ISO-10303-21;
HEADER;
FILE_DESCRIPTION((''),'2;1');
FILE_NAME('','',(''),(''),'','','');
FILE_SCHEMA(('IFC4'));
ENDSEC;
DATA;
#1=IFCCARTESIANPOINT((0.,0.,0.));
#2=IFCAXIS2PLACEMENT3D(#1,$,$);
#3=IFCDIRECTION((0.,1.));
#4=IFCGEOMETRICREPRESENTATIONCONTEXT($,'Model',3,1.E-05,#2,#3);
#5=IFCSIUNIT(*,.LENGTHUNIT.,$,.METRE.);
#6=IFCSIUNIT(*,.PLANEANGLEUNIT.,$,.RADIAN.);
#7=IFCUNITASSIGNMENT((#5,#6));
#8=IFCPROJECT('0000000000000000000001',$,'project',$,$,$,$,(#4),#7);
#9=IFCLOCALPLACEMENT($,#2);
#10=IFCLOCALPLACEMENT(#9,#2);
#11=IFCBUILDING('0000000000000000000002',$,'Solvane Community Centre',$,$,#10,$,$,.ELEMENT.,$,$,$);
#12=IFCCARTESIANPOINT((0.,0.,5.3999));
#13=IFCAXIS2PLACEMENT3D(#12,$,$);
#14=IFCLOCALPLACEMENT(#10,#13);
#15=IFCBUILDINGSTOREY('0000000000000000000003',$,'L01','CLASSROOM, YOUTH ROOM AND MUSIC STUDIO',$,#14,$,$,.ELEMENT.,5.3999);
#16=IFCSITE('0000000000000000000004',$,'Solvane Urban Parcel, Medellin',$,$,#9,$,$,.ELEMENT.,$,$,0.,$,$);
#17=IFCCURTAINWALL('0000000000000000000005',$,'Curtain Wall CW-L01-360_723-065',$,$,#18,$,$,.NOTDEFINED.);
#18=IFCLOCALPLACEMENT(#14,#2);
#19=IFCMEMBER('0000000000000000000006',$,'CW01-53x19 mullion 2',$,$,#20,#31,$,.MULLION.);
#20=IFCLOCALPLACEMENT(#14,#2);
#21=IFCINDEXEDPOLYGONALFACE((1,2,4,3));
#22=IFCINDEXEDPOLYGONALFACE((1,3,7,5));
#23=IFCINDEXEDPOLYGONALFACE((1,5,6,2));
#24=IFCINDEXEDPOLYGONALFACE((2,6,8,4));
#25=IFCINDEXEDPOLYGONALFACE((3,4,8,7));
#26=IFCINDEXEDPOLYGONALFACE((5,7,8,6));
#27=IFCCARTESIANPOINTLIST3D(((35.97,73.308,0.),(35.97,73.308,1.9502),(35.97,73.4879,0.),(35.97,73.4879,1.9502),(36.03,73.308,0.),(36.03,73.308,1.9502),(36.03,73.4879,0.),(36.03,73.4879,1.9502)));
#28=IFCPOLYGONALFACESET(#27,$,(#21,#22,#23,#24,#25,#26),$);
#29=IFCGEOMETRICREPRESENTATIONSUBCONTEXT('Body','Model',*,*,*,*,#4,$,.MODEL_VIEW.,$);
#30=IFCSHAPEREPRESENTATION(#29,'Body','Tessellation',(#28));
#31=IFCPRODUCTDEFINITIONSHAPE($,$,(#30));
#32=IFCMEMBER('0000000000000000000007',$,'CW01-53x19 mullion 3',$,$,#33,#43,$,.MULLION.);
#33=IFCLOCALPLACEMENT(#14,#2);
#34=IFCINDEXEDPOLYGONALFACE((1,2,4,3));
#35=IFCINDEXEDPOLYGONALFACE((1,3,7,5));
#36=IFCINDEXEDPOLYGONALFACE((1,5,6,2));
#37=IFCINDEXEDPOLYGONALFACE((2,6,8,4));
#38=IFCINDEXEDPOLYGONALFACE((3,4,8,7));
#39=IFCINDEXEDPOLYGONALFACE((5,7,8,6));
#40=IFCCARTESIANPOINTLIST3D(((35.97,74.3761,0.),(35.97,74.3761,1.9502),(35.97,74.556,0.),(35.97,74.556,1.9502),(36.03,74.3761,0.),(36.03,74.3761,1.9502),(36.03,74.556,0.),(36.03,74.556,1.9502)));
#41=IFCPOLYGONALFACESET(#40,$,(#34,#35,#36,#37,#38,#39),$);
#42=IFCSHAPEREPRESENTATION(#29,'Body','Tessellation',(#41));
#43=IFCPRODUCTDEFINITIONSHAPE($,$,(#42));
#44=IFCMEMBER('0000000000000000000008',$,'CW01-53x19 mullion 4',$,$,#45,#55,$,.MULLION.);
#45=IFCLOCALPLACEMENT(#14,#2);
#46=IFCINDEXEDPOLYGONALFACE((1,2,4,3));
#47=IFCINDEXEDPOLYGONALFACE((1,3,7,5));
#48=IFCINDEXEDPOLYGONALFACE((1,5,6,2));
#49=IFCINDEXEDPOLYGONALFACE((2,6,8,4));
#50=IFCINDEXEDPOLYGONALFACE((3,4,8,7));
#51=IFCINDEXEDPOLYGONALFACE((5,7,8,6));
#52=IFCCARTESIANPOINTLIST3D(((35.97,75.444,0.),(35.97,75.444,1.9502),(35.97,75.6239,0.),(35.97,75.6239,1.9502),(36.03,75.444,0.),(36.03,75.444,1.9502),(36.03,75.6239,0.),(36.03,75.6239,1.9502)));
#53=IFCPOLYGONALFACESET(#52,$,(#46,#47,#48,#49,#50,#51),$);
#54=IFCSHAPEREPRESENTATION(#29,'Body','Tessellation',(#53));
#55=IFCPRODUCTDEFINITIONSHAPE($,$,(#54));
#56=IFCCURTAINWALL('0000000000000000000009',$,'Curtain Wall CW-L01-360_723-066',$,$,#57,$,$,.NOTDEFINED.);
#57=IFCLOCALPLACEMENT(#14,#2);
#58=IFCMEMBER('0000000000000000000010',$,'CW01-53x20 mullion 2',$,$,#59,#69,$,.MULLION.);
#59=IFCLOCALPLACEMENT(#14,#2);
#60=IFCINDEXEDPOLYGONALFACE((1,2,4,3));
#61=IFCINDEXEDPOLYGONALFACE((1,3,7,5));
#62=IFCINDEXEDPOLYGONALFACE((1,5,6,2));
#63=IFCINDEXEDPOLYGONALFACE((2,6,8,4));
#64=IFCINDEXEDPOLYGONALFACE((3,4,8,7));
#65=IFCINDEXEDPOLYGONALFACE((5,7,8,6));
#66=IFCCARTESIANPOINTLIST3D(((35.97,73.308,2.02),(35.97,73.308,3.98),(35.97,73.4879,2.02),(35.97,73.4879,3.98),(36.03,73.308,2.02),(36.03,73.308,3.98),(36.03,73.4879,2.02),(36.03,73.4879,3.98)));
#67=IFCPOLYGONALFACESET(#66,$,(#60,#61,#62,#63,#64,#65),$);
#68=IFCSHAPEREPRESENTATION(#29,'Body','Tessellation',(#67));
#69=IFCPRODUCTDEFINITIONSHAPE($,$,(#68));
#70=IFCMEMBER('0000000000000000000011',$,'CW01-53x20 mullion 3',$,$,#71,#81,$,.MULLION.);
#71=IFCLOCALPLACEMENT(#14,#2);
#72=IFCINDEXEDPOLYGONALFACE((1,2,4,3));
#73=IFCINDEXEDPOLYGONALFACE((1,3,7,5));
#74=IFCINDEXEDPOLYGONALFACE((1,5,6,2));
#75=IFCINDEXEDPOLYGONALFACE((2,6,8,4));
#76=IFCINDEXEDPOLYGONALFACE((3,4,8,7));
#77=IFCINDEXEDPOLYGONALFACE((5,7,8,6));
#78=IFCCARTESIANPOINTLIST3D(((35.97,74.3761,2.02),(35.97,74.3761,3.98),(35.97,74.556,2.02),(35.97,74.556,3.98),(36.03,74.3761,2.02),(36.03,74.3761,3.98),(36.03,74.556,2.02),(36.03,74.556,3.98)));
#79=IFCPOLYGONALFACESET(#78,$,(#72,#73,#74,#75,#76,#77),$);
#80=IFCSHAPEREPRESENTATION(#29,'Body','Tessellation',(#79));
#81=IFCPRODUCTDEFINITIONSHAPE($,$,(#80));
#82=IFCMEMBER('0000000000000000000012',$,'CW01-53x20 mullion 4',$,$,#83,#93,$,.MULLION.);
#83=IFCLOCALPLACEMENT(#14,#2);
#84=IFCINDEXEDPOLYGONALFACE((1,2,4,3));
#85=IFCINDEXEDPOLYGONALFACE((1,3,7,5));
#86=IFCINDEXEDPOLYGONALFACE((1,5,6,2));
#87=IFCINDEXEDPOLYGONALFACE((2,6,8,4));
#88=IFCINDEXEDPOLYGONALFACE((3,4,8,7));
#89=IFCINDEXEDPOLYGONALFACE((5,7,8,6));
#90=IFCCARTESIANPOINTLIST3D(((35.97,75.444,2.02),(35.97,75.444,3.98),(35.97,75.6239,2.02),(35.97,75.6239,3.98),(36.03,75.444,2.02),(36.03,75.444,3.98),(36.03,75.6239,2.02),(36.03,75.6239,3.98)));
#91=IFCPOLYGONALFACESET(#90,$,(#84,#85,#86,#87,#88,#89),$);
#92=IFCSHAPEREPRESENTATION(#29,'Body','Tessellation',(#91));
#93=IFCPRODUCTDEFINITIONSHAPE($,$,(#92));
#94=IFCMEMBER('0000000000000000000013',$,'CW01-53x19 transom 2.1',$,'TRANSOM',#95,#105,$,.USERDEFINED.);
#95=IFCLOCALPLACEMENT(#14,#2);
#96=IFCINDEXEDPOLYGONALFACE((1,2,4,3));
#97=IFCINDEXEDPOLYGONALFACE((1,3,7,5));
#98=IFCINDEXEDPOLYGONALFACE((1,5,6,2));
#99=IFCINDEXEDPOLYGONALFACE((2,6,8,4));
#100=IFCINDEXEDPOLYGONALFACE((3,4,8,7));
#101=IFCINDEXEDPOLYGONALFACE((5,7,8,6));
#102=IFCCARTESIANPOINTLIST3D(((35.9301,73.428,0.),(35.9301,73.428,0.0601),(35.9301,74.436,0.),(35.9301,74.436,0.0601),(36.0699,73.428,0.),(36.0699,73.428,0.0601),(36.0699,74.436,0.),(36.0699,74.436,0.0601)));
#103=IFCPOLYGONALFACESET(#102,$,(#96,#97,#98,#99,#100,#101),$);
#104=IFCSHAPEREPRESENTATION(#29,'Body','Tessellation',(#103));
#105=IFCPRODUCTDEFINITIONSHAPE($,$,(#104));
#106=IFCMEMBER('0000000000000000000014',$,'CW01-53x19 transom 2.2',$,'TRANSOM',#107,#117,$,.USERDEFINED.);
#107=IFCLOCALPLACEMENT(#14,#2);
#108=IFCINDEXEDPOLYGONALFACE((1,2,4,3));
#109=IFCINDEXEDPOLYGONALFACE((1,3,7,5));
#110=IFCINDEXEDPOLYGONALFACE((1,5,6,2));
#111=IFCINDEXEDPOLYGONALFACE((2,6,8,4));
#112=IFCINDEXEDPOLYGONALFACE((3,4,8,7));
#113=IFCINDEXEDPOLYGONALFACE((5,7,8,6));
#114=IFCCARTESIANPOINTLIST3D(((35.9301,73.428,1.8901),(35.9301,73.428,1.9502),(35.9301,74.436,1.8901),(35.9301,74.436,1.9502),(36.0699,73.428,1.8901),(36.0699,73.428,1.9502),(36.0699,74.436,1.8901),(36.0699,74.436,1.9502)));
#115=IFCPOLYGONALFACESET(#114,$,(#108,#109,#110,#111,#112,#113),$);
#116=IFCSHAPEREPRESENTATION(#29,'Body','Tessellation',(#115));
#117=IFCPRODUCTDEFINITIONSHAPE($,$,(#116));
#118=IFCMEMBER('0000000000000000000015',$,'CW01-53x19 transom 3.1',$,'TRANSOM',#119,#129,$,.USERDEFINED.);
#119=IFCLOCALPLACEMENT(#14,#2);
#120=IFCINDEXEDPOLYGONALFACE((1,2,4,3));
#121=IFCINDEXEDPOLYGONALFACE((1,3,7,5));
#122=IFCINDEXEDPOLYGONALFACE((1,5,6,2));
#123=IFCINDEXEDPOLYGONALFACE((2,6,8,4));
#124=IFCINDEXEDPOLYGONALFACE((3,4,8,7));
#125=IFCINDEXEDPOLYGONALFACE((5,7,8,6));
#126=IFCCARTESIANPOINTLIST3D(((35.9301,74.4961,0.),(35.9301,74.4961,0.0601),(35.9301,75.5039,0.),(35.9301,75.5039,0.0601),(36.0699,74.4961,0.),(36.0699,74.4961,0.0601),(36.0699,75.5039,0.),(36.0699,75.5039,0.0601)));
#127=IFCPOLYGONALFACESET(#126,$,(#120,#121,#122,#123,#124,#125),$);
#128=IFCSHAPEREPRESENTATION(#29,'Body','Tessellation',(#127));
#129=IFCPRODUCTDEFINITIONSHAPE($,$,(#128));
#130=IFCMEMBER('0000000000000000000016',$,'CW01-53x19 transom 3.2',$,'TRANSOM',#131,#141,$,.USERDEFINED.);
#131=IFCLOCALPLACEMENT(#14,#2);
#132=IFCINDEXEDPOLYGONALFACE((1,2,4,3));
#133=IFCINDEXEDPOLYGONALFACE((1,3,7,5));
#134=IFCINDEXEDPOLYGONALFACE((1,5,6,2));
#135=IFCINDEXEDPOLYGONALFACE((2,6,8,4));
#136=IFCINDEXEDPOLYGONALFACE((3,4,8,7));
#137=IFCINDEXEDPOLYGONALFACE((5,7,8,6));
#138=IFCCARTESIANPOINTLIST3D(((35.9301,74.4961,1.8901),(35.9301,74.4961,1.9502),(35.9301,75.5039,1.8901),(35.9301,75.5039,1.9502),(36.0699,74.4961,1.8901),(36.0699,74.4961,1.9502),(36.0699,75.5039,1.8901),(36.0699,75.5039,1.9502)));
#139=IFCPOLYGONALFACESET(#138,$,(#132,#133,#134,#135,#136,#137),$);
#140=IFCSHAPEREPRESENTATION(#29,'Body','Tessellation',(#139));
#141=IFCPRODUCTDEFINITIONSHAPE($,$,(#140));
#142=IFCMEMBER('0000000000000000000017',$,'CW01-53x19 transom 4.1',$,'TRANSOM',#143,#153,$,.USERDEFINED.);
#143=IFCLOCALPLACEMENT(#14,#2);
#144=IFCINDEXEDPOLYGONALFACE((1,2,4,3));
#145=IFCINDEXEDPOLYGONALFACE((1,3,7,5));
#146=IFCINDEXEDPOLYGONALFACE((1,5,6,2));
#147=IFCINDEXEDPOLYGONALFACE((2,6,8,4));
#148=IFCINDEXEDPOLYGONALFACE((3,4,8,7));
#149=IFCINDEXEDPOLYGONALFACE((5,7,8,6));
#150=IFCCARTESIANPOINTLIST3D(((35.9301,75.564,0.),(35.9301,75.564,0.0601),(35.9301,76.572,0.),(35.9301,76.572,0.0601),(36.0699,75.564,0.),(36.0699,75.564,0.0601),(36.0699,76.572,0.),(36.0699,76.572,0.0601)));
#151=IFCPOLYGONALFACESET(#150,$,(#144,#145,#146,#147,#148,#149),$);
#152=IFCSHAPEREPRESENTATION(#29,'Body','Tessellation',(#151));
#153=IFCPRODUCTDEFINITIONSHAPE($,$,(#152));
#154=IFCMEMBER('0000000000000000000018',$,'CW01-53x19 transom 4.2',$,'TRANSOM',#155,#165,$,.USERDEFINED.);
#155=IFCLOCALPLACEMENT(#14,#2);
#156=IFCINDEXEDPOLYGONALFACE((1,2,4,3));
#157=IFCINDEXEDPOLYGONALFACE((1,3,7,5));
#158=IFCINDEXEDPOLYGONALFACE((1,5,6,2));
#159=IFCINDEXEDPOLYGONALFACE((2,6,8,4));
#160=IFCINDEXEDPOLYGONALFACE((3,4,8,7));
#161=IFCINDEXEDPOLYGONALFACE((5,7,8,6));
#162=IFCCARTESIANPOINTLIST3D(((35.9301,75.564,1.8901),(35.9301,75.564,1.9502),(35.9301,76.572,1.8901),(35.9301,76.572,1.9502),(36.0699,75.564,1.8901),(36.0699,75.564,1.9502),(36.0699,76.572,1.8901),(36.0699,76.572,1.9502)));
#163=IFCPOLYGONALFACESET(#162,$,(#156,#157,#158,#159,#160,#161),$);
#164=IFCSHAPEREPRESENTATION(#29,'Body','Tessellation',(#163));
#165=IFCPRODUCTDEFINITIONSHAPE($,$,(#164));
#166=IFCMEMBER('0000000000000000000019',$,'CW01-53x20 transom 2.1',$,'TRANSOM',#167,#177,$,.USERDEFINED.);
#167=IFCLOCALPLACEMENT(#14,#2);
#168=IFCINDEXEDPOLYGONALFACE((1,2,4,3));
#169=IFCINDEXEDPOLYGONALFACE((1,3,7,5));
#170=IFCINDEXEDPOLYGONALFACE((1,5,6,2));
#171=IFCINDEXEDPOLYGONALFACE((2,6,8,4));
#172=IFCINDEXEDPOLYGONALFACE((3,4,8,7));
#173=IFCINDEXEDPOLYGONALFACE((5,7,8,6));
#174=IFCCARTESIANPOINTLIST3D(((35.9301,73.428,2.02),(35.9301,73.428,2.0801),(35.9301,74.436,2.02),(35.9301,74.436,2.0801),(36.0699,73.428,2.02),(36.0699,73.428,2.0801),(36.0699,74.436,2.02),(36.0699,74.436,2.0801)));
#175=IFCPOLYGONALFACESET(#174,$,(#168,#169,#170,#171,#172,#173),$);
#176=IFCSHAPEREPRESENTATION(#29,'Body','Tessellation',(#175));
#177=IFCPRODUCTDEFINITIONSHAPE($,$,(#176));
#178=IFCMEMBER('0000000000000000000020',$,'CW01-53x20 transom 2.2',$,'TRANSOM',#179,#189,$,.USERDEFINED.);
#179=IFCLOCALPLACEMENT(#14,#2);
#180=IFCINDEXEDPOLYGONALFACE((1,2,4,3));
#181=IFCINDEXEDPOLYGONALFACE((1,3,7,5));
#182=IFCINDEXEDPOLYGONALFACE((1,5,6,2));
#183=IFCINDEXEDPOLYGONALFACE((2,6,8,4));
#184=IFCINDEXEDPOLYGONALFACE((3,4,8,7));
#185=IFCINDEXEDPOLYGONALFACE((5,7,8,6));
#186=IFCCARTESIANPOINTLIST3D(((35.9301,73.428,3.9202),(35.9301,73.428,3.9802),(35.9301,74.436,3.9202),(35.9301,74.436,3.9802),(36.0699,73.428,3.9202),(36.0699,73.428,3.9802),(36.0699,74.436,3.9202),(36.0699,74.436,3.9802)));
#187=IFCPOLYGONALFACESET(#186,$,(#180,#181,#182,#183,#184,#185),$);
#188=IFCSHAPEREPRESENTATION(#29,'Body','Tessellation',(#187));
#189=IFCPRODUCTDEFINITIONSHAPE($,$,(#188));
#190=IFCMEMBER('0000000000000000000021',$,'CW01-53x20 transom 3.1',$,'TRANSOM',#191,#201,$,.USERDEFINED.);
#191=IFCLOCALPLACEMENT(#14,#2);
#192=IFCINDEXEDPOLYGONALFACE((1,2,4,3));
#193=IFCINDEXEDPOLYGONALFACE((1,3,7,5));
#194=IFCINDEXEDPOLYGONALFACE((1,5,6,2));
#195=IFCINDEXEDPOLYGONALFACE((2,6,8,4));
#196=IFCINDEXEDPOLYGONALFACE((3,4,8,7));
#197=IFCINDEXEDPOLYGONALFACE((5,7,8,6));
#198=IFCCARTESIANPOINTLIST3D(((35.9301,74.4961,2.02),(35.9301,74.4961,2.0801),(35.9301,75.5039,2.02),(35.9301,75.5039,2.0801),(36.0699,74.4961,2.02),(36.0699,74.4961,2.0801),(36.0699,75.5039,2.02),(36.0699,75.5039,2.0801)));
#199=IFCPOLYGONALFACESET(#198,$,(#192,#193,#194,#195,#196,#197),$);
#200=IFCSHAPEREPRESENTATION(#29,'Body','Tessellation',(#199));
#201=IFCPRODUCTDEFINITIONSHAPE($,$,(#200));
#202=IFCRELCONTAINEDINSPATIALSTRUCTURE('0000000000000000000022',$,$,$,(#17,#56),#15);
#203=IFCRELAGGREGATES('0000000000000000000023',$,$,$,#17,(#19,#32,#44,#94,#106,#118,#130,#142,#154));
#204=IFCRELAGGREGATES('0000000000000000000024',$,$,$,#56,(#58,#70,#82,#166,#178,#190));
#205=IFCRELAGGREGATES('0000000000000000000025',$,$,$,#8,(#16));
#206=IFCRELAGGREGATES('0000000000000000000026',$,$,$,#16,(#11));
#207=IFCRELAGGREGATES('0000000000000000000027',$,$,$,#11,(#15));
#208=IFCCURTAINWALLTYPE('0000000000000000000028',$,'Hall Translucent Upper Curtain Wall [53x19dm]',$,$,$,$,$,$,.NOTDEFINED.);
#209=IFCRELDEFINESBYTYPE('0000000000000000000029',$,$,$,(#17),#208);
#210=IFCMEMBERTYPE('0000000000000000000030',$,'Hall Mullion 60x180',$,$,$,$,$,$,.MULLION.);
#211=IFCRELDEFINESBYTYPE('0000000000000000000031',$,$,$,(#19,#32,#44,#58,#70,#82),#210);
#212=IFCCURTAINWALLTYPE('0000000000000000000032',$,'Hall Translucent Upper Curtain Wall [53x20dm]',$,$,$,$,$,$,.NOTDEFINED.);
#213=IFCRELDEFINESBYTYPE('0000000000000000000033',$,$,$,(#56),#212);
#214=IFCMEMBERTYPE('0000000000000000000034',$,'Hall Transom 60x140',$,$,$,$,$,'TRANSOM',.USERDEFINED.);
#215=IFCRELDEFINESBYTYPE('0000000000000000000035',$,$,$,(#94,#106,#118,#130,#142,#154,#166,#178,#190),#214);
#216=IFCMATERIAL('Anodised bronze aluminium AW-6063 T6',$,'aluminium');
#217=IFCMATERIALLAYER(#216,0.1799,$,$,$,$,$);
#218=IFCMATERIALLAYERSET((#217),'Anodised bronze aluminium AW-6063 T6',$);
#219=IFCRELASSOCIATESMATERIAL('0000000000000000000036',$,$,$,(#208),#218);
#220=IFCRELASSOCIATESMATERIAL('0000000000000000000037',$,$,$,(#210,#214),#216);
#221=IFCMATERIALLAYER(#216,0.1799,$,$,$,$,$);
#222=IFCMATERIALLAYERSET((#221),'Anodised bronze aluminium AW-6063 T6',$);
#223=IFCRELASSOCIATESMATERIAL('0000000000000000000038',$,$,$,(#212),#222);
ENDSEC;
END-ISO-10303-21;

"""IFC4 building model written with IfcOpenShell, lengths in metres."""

from ifc_helpers import new_model, si_unit, direction, frame, origin, origin_2d, place, context, subcontext, project, spatial, rectangle, extrude, material, layer, layer_set, material_profile, profile_set, type_object, element, aggregate, save


model = new_model("IFC4")

# Units and contexts
model_context = context("Model", 3, precision=1e-05, world=origin(), true_north=direction((0.0, 1.0)))
body_context = subcontext(model_context, "Body", "Model", "MODEL_VIEW")
ifc_project = project(units=[si_unit("LENGTHUNIT", "METRE"), si_unit("PLANEANGLEUNIT", "RADIAN")], contexts=[model_context])

# Site, building, storey
site_placement = place(None, origin())
site = spatial("IfcSite", under=ifc_project, at=site_placement, Name="Solvane Urban Parcel, Medellin", CompositionType="ELEMENT", RefElevation=0.0)
building_placement = place(site_placement, origin())
building = spatial("IfcBuilding", under=site, at=building_placement, Name="Solvane Community Centre", CompositionType="ELEMENT")
storey_placement = place(building_placement, frame((0.0, 0.0, 5.3999)))
storey = spatial("IfcBuildingStorey", under=building, at=storey_placement, Name="L01", Description="CLASSROOM, YOUTH ROOM AND MUSIC STUDIO", CompositionType="ELEMENT", Elevation=5.3999)

# Curtain walls, members
ifc_material_1 = material(Name="Anodised bronze aluminium AW-6063 T6", Category="aluminium")
ifc_layer_1 = layer(ifc_material_1, 0.1799)
ifc_layer_set_1 = layer_set([ifc_layer_1], Name="Anodised bronze aluminium AW-6063 T6")
curtain_wall_type_1 = type_object("IfcCurtainWallType", Name="Hall Translucent Upper Curtain Wall [53x19dm]", PredefinedType="NOTDEFINED", material=ifc_layer_set_1)
curtain_wall_1_placement = place(storey_placement, origin())
curtain_wall_1 = element("IfcCurtainWall", 1, at=curtain_wall_1_placement, inside=storey, type_object=curtain_wall_type_1, Name="Curtain Wall CW-L01-360_723-065", PredefinedType="NOTDEFINED")
ifc_material_profile_1 = material_profile(ifc_material_1, rectangle(XDim=0.0601, YDim=0.1799, at=origin_2d()), Name="CW-M 60x180")
ifc_profile_set_1 = profile_set([ifc_material_profile_1], Name="Anodised bronze aluminium AW-6063 T6")
member_type_1 = type_object("IfcMemberType", Name="Hall Mullion 60x180", PredefinedType="MULLION", material=ifc_profile_set_1)
member_1_placement = place(storey_placement, frame((36.0, 73.3979, 0.0), z_axis=(0.0, 0.0, 1.0), x_axis=(-1.0, 0.0, 0.0)))
member_1 = element("IfcMember", 2, at=member_1_placement, type_object=member_type_1, Name="CW01-53x19 mullion 2", PredefinedType="MULLION", context=body_context, shape_type="SweptSolid", body=[
    extrude(rectangle(XDim=0.0601, YDim=0.1799, at=origin_2d()), origin(), (0.0, 0.0, 1.0), 1.9502),
])
member_2_placement = place(storey_placement, frame((36.0, 74.4661, 0.0), z_axis=(0.0, 0.0, 1.0), x_axis=(-1.0, 0.0, 0.0)))
member_2 = element("IfcMember", 3, at=member_2_placement, type_object=member_type_1, Name="CW01-53x19 mullion 3", PredefinedType="MULLION", context=body_context, shape_type="SweptSolid", body=[
    extrude(rectangle(XDim=0.0601, YDim=0.1799, at=origin_2d()), origin(), (0.0, 0.0, 1.0), 1.9502),
])
member_3_placement = place(storey_placement, frame((36.0, 75.5339, 0.0), z_axis=(0.0, 0.0, 1.0), x_axis=(-1.0, 0.0, 0.0)))
member_3 = element("IfcMember", 4, at=member_3_placement, type_object=member_type_1, Name="CW01-53x19 mullion 4", PredefinedType="MULLION", context=body_context, shape_type="SweptSolid", body=[
    extrude(rectangle(XDim=0.0601, YDim=0.1799, at=origin_2d()), origin(), (0.0, 0.0, 1.0), 1.9502),
])
ifc_layer_2 = layer(ifc_material_1, 0.1799)
ifc_layer_set_2 = layer_set([ifc_layer_2], Name="Anodised bronze aluminium AW-6063 T6")
curtain_wall_type_2 = type_object("IfcCurtainWallType", Name="Hall Translucent Upper Curtain Wall [53x20dm]", PredefinedType="NOTDEFINED", material=ifc_layer_set_2)
curtain_wall_2_placement = place(storey_placement, origin())
curtain_wall_2 = element("IfcCurtainWall", 5, at=curtain_wall_2_placement, inside=storey, type_object=curtain_wall_type_2, Name="Curtain Wall CW-L01-360_723-066", PredefinedType="NOTDEFINED")
member_4_placement = place(storey_placement, frame((36.0, 73.3979, 2.02), z_axis=(0.0, 0.0, 1.0), x_axis=(-1.0, 0.0, 0.0)))
member_4 = element("IfcMember", 6, at=member_4_placement, type_object=member_type_1, Name="CW01-53x20 mullion 2", PredefinedType="MULLION", context=body_context, shape_type="SweptSolid", body=[
    extrude(rectangle(XDim=0.0601, YDim=0.1799, at=origin_2d()), origin(), (0.0, 0.0, 1.0), 1.96),
])
member_5_placement = place(storey_placement, frame((36.0, 74.4661, 2.02), z_axis=(0.0, 0.0, 1.0), x_axis=(-1.0, 0.0, 0.0)))
member_5 = element("IfcMember", 7, at=member_5_placement, type_object=member_type_1, Name="CW01-53x20 mullion 3", PredefinedType="MULLION", context=body_context, shape_type="SweptSolid", body=[
    extrude(rectangle(XDim=0.0601, YDim=0.1799, at=origin_2d()), origin(), (0.0, 0.0, 1.0), 1.96),
])
member_6_placement = place(storey_placement, frame((36.0, 75.5339, 2.02), z_axis=(0.0, 0.0, 1.0), x_axis=(-1.0, 0.0, 0.0)))
member_6 = element("IfcMember", 8, at=member_6_placement, type_object=member_type_1, Name="CW01-53x20 mullion 4", PredefinedType="MULLION", context=body_context, shape_type="SweptSolid", body=[
    extrude(rectangle(XDim=0.0601, YDim=0.1799, at=origin_2d()), origin(), (0.0, 0.0, 1.0), 1.96),
])

# Members
ifc_material_profile_2 = material_profile(ifc_material_1, rectangle(XDim=0.1399, YDim=0.0601, at=origin_2d()), Name="CW-T 60x140")
ifc_profile_set_2 = profile_set([ifc_material_profile_2], Name="Anodised bronze aluminium AW-6063 T6")
member_type_2 = type_object("IfcMemberType", Name="Hall Transom 60x140", ElementType="TRANSOM", PredefinedType="USERDEFINED", material=ifc_profile_set_2)
member_7_placement = place(storey_placement, frame((36.0, 73.428, 0.03), z_axis=(0.0, 1.0, 0.0), x_axis=(-1.0, 0.0, 0.0)))
member_7 = element("IfcMember", 9, at=member_7_placement, type_object=member_type_2, Name="CW01-53x19 transom 2.1", ObjectType="TRANSOM", PredefinedType="USERDEFINED", context=body_context, shape_type="SweptSolid", body=[
    extrude(rectangle(XDim=0.1399, YDim=0.0601, at=origin_2d()), origin(), (0.0, 0.0, 1.0), 1.0081),
])
member_8_placement = place(storey_placement, frame((36.0, 73.428, 1.9202), z_axis=(0.0, 1.0, 0.0), x_axis=(-1.0, 0.0, 0.0)))
member_8 = element("IfcMember", 10, at=member_8_placement, type_object=member_type_2, Name="CW01-53x19 transom 2.2", ObjectType="TRANSOM", PredefinedType="USERDEFINED", context=body_context, shape_type="SweptSolid", body=[
    extrude(rectangle(XDim=0.1399, YDim=0.0601, at=origin_2d()), origin(), (0.0, 0.0, 1.0), 1.0081),
])
member_9_placement = place(storey_placement, frame((36.0, 74.4961, 0.03), z_axis=(0.0, 1.0, 0.0), x_axis=(-1.0, 0.0, 0.0)))
member_9 = element("IfcMember", 11, at=member_9_placement, type_object=member_type_2, Name="CW01-53x19 transom 3.1", ObjectType="TRANSOM", PredefinedType="USERDEFINED", context=body_context, shape_type="SweptSolid", body=[
    extrude(rectangle(XDim=0.1399, YDim=0.0601, at=origin_2d()), origin(), (0.0, 0.0, 1.0), 1.0078),
])
member_10_placement = place(storey_placement, frame((36.0, 74.4961, 1.9202), z_axis=(0.0, 1.0, 0.0), x_axis=(-1.0, 0.0, 0.0)))
member_10 = element("IfcMember", 12, at=member_10_placement, type_object=member_type_2, Name="CW01-53x19 transom 3.2", ObjectType="TRANSOM", PredefinedType="USERDEFINED", context=body_context, shape_type="SweptSolid", body=[
    extrude(rectangle(XDim=0.1399, YDim=0.0601, at=origin_2d()), origin(), (0.0, 0.0, 1.0), 1.0078),
])
member_11_placement = place(storey_placement, frame((36.0, 75.564, 0.03), z_axis=(0.0, 1.0, 0.0), x_axis=(-1.0, 0.0, 0.0)))
member_11 = element("IfcMember", 13, at=member_11_placement, type_object=member_type_2, Name="CW01-53x19 transom 4.1", ObjectType="TRANSOM", PredefinedType="USERDEFINED", context=body_context, shape_type="SweptSolid", body=[
    extrude(rectangle(XDim=0.1399, YDim=0.0601, at=origin_2d()), origin(), (0.0, 0.0, 1.0), 1.0081),
])
member_12_placement = place(storey_placement, frame((36.0, 75.564, 1.9202), z_axis=(0.0, 1.0, 0.0), x_axis=(-1.0, 0.0, 0.0)))
member_12 = element("IfcMember", 14, at=member_12_placement, type_object=member_type_2, Name="CW01-53x19 transom 4.2", ObjectType="TRANSOM", PredefinedType="USERDEFINED", context=body_context, shape_type="SweptSolid", body=[
    extrude(rectangle(XDim=0.1399, YDim=0.0601, at=origin_2d()), origin(), (0.0, 0.0, 1.0), 1.0081),
])
member_13_placement = place(storey_placement, frame((36.0, 73.428, 2.05), z_axis=(0.0, 1.0, 0.0), x_axis=(-1.0, 0.0, 0.0)))
member_13 = element("IfcMember", 15, at=member_13_placement, type_object=member_type_2, Name="CW01-53x20 transom 2.1", ObjectType="TRANSOM", PredefinedType="USERDEFINED", context=body_context, shape_type="SweptSolid", body=[
    extrude(rectangle(XDim=0.1399, YDim=0.0601, at=origin_2d()), origin(), (0.0, 0.0, 1.0), 1.0081),
])
member_14_placement = place(storey_placement, frame((36.0, 73.428, 3.9502), z_axis=(0.0, 1.0, 0.0), x_axis=(-1.0, 0.0, 0.0)))
member_14 = element("IfcMember", 16, at=member_14_placement, type_object=member_type_2, Name="CW01-53x20 transom 2.2", ObjectType="TRANSOM", PredefinedType="USERDEFINED", context=body_context, shape_type="SweptSolid", body=[
    extrude(rectangle(XDim=0.1399, YDim=0.0601, at=origin_2d()), origin(), (0.0, 0.0, 1.0), 1.0081),
])
member_15_placement = place(storey_placement, frame((36.0, 74.4961, 2.05), z_axis=(0.0, 1.0, 0.0), x_axis=(-1.0, 0.0, 0.0)))
member_15 = element("IfcMember", 17, at=member_15_placement, type_object=member_type_2, Name="CW01-53x20 transom 3.1", ObjectType="TRANSOM", PredefinedType="USERDEFINED", context=body_context, shape_type="SweptSolid", body=[
    extrude(rectangle(XDim=0.1399, YDim=0.0601, at=origin_2d()), origin(), (0.0, 0.0, 1.0), 1.0078),
])

aggregate(curtain_wall_1, [member_1, member_2, member_3, member_7, member_8, member_9, member_10, member_11, member_12])
aggregate(curtain_wall_2, [member_4, member_5, member_6, member_13, member_14, member_15])

save(model, "model.ifc")
